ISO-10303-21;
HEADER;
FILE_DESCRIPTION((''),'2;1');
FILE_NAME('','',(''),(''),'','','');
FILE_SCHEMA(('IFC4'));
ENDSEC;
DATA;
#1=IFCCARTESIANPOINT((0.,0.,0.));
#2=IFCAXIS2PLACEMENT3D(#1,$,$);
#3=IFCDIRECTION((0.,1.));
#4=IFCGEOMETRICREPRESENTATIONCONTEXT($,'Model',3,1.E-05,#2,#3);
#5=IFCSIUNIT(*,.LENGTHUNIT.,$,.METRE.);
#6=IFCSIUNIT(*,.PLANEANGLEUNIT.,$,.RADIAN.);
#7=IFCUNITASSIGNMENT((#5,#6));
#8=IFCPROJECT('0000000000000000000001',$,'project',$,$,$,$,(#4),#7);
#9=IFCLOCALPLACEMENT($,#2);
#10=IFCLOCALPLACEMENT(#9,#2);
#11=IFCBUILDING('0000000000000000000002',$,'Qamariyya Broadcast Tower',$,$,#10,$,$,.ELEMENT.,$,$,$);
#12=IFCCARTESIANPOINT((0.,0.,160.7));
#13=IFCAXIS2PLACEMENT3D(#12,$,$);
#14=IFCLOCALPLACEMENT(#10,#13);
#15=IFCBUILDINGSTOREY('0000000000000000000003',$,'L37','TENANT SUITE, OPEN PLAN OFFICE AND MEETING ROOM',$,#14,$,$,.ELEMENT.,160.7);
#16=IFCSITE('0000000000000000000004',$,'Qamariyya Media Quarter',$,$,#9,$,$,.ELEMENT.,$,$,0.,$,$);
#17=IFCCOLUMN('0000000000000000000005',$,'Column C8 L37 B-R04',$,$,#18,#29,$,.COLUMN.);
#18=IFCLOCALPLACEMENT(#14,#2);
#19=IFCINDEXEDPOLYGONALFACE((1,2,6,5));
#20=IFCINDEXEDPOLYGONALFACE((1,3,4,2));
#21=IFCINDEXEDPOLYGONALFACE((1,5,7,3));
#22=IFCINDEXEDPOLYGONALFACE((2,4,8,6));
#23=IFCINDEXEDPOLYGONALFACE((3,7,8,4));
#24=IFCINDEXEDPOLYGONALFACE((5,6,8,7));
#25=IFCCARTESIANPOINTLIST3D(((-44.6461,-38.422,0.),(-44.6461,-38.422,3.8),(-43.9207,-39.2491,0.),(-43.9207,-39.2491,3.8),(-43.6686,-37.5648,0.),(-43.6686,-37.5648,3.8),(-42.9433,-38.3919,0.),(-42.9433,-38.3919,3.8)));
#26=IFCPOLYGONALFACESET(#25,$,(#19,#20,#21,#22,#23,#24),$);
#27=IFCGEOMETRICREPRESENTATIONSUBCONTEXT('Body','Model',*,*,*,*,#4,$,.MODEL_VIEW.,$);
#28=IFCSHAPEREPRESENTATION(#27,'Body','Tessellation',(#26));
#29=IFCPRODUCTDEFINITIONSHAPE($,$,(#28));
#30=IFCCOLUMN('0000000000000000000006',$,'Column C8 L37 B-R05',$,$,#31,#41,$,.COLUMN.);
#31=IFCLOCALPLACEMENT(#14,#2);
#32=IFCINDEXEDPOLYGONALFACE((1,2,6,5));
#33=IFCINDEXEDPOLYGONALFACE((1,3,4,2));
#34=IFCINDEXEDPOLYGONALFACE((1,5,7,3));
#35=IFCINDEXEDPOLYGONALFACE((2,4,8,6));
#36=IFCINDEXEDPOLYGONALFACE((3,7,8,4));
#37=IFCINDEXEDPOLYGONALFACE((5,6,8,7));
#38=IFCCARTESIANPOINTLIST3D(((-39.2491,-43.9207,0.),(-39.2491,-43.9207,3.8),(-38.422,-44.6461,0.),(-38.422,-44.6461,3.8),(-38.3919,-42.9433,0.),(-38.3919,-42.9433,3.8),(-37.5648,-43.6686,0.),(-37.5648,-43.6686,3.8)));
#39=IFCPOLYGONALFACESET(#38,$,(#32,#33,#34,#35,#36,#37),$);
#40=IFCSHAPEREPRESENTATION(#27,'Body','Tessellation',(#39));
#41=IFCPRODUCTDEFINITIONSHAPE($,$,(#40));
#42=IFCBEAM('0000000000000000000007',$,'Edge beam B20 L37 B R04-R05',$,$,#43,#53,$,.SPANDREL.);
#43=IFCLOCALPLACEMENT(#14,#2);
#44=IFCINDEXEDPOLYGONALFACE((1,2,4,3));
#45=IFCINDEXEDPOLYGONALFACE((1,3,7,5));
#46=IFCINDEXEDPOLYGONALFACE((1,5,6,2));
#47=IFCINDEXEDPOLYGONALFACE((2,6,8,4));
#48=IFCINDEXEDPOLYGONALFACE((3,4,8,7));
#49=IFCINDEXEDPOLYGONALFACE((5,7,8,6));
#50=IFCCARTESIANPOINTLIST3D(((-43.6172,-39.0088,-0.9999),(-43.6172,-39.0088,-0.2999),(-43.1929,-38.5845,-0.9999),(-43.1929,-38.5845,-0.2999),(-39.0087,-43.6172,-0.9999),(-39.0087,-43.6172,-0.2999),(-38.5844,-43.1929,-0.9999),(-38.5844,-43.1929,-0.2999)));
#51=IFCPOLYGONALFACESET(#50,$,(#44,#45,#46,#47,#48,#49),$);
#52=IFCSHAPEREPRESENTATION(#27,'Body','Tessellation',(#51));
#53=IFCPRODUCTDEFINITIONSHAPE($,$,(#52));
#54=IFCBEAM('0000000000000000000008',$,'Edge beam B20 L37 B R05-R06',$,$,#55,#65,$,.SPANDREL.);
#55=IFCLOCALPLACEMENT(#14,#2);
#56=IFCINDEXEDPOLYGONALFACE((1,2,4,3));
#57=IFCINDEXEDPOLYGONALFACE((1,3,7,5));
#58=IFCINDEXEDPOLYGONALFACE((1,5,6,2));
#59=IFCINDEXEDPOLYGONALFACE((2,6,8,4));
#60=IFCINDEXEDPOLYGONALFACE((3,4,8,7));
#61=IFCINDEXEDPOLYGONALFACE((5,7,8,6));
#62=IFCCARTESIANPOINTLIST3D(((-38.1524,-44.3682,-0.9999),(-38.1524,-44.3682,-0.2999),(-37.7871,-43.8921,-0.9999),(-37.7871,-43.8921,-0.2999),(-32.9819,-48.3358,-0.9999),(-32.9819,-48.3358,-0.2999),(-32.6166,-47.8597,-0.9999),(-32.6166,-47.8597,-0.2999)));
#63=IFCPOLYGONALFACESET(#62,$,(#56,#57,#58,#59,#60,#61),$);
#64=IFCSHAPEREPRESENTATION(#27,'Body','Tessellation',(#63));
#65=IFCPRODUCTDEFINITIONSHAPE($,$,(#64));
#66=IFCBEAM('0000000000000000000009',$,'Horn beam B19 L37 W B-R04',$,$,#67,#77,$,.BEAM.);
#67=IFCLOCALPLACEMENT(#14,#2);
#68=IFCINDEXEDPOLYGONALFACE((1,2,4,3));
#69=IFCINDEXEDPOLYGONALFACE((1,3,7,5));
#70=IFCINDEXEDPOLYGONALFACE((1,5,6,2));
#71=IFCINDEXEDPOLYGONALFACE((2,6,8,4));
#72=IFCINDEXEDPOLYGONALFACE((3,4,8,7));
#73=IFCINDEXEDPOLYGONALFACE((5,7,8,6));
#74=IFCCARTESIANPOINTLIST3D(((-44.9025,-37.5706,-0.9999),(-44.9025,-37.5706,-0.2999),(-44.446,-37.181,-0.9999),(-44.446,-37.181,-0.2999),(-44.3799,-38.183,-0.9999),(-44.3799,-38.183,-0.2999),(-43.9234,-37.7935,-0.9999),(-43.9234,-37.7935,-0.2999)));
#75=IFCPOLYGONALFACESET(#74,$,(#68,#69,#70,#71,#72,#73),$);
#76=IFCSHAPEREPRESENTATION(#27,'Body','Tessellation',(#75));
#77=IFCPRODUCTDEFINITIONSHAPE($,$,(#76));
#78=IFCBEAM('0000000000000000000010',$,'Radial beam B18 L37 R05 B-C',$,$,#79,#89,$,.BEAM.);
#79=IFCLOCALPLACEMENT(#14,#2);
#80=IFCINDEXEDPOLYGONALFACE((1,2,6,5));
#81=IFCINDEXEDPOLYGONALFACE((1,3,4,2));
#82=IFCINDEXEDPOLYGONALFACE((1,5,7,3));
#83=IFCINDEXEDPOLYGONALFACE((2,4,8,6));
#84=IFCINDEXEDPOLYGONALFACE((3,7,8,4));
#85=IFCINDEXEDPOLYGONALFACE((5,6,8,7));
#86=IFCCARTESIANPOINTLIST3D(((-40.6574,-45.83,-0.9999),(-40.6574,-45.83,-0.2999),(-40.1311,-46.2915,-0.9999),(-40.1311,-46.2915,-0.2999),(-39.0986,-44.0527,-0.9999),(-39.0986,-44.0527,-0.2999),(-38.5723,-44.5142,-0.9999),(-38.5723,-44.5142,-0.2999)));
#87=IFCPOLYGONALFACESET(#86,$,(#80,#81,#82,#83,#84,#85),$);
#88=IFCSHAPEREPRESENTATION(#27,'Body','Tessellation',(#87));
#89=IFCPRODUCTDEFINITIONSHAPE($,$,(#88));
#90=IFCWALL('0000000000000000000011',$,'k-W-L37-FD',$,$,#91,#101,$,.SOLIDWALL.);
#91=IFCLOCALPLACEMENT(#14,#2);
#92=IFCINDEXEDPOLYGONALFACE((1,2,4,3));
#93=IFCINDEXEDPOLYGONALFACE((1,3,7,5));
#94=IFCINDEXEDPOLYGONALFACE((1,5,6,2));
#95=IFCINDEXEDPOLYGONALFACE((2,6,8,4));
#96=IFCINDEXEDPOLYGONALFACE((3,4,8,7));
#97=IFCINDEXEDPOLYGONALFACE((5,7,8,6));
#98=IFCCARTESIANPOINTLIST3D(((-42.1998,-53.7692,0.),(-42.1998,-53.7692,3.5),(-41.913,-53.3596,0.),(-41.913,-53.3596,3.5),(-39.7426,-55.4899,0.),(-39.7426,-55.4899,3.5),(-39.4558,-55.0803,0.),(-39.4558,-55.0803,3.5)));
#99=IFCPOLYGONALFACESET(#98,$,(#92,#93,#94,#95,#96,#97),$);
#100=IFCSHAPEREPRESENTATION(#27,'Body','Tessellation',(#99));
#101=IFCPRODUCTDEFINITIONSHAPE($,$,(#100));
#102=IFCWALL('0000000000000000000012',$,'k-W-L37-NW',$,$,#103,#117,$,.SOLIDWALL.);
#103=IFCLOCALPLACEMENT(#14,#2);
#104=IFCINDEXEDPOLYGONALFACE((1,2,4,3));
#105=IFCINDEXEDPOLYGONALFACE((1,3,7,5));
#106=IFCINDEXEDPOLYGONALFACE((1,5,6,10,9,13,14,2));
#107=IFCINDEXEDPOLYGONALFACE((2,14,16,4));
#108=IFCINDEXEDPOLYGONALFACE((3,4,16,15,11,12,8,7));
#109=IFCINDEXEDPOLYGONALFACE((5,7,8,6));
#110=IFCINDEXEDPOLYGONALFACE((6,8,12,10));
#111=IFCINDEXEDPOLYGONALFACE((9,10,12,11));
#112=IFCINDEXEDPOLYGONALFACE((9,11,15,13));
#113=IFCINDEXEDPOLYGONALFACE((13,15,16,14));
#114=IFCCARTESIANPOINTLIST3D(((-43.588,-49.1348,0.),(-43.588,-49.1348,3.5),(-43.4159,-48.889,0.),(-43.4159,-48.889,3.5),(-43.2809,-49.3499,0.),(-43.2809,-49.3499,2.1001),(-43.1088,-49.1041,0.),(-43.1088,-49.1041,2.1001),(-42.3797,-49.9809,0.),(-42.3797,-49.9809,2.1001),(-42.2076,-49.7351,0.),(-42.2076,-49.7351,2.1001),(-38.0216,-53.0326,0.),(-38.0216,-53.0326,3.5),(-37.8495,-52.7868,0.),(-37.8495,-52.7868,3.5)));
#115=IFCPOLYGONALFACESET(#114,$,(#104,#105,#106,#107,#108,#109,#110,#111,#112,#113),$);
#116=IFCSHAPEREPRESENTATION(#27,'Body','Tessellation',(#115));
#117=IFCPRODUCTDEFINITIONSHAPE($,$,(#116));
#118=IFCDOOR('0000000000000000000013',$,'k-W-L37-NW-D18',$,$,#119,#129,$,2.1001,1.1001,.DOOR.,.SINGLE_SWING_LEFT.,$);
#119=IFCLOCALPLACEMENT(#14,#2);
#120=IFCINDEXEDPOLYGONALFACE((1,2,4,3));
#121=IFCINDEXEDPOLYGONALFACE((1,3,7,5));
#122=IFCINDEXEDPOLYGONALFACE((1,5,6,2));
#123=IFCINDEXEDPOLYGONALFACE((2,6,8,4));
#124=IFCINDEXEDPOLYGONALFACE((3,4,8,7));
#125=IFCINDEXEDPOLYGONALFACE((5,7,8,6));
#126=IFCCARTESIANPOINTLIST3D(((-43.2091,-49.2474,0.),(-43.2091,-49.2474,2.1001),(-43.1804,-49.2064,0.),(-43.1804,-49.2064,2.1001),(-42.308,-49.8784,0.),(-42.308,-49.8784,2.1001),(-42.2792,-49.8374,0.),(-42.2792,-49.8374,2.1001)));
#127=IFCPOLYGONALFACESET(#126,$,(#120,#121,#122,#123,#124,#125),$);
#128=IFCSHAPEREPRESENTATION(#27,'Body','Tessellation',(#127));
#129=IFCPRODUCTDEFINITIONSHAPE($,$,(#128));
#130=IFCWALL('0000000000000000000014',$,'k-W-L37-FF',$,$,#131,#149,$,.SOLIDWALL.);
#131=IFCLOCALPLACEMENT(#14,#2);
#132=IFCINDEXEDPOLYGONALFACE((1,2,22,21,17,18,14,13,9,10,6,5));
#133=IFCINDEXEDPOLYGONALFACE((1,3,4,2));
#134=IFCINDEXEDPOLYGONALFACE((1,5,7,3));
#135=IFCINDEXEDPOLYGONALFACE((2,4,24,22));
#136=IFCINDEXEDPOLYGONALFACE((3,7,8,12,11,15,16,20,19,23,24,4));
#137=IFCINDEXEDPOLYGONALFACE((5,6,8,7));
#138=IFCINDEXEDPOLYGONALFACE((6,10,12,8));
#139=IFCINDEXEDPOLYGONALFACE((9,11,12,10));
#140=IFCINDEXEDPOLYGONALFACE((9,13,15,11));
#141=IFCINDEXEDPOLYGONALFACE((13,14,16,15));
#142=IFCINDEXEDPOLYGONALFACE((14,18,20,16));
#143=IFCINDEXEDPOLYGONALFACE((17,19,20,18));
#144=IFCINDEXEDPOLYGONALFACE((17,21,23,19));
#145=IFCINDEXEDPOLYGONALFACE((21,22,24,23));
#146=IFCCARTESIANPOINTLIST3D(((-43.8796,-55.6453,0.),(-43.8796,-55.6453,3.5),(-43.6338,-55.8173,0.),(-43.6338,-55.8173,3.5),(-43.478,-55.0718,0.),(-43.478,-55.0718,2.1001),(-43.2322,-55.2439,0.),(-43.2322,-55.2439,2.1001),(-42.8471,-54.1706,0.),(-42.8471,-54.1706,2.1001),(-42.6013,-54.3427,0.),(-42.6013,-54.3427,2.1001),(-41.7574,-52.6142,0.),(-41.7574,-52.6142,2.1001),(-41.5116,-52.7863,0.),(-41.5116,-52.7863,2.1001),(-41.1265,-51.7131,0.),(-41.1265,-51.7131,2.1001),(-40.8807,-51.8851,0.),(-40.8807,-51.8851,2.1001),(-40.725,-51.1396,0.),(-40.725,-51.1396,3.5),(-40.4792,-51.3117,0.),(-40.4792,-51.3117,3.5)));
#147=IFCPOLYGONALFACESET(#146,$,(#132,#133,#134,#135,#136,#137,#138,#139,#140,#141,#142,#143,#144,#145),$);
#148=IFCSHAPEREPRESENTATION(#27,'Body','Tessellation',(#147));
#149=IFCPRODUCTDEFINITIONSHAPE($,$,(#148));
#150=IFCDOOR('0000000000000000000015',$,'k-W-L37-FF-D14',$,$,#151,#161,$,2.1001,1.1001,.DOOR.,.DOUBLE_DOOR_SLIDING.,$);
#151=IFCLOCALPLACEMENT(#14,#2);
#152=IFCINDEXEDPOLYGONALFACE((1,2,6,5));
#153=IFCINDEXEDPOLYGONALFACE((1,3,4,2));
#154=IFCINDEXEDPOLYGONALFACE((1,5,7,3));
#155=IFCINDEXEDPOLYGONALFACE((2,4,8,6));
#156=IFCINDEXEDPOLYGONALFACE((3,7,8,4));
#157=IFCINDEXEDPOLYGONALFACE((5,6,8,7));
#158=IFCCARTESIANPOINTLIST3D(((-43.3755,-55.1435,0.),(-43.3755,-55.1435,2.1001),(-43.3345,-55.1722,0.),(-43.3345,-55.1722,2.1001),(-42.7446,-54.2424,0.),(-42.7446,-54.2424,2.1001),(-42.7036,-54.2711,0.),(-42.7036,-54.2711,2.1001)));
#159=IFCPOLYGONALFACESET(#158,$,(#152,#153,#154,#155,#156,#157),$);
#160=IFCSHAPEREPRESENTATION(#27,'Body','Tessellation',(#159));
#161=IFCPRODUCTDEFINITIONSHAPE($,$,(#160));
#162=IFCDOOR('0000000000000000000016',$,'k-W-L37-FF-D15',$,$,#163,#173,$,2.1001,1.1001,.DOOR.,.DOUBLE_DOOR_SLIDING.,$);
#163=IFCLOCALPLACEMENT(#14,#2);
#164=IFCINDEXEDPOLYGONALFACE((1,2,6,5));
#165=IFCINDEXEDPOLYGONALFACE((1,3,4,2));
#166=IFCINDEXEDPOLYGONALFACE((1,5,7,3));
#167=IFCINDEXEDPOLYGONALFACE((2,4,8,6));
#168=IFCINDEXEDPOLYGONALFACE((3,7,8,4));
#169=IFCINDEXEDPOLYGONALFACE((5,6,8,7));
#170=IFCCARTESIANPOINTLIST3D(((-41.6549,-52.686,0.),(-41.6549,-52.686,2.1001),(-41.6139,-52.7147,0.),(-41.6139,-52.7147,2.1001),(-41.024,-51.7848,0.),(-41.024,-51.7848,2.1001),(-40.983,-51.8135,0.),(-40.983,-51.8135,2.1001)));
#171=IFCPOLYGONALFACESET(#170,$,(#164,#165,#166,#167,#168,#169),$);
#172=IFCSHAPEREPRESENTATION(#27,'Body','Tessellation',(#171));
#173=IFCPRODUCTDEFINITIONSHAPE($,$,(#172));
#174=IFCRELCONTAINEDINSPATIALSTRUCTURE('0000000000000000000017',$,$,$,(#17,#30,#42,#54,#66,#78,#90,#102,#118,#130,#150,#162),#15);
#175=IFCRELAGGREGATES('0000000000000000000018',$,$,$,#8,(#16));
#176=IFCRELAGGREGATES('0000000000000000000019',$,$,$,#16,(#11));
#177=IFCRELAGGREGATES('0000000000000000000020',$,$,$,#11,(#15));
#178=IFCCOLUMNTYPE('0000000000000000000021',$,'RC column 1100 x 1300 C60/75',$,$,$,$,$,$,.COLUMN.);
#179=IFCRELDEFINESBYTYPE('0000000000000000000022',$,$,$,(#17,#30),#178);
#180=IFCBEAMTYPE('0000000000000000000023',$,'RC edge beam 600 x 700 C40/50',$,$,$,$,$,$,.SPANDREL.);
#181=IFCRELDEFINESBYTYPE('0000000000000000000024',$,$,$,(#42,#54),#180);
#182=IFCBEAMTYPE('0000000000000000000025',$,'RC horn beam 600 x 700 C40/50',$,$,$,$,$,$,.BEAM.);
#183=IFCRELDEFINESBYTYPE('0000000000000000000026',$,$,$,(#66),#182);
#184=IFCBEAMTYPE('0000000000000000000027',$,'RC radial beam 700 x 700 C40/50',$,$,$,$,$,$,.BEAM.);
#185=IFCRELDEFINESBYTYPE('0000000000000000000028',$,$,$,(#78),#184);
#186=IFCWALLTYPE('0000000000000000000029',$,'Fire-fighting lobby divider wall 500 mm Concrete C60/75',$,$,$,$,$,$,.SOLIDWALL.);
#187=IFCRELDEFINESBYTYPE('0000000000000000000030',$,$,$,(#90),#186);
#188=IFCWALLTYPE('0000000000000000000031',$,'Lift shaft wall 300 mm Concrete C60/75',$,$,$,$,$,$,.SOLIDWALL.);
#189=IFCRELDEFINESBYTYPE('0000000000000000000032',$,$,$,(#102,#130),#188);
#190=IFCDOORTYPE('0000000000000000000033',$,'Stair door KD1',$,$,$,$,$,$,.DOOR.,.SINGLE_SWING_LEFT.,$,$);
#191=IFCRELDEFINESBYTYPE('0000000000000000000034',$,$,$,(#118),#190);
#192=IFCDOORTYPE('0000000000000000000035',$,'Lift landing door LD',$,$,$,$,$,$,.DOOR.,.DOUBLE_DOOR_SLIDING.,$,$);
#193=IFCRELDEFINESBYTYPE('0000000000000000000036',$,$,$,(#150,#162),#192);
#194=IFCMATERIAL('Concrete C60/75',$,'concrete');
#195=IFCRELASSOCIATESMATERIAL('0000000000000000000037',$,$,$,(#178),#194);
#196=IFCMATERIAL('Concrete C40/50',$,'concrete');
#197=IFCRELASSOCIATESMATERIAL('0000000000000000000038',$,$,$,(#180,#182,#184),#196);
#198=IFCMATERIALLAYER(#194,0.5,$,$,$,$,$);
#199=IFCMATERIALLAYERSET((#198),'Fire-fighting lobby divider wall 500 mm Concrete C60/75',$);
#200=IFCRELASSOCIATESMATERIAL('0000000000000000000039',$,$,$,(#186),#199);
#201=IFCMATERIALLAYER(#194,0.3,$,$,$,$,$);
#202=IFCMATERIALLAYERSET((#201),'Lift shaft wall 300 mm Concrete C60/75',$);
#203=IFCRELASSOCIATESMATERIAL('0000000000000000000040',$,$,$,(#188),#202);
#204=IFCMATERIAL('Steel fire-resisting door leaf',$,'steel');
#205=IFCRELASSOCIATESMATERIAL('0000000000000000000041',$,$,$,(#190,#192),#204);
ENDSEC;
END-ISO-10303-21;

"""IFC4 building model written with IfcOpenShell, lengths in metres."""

from ifc_helpers import new_model, si_unit, direction, frame, frame_2d, origin, origin_2d, place, context, subcontext, project, spatial, rectangle, extrude, material, layer, layer_set, material_profile, profile_set, type_object, element, fill, save


model = new_model("IFC4")

# Units and contexts
model_context = context("Model", 3, precision=1e-05, world=origin(), true_north=direction((0.0, 1.0)))
body_context = subcontext(model_context, "Body", "Model", "MODEL_VIEW")
ifc_project = project(units=[si_unit("LENGTHUNIT", "METRE"), si_unit("PLANEANGLEUNIT", "RADIAN")], contexts=[model_context])

# Site, building, storey
site_placement = place(None, origin())
site = spatial("IfcSite", under=ifc_project, at=site_placement, Name="Qamariyya Media Quarter", CompositionType="ELEMENT", RefElevation=0.0)
building_placement = place(site_placement, origin())
building = spatial("IfcBuilding", under=site, at=building_placement, Name="Qamariyya Broadcast Tower", CompositionType="ELEMENT")
storey_placement = place(building_placement, frame((0.0, 0.0, 160.7)))
storey = spatial("IfcBuildingStorey", under=building, at=storey_placement, Name="L37", Description="TENANT SUITE, OPEN PLAN OFFICE AND MEETING ROOM", CompositionType="ELEMENT", Elevation=160.7)

# Columns
ifc_material_1 = material(Name="Concrete C60/75", Category="concrete")
ifc_material_profile_1 = material_profile(ifc_material_1, rectangle(XDim=1.1001, YDim=1.3, at=origin_2d()))
ifc_profile_set_1 = profile_set([ifc_material_profile_1], Name="Concrete C60/75")
column_type = type_object("IfcColumnType", Name="RC column 1100 x 1300 C60/75", PredefinedType="COLUMN", material=ifc_profile_set_1)
for number, where, z_axis, x_axis, name in (
    (1, (-43.7947, -38.407, 0.0), (0.0, 0.0, 1.0), (0.659346, -0.75184, 0.0), "Column C8 L37 B-R04"),
    (2, (-38.407, -43.7947, 0.0), (0.0, 0.0, 1.0), (0.75184, -0.659346, 0.0), "Column C8 L37 B-R05"),
):
    element("IfcColumn", number, at=place(storey_placement, frame(where, z_axis=z_axis, x_axis=x_axis)), inside=storey, type_object=column_type, Name=name, PredefinedType="COLUMN", context=body_context, shape_type="SweptSolid", body=[
        extrude(rectangle(XDim=1.1001, YDim=1.3, at=origin_2d()), origin(), (0.0, 0.0, 1.0), 3.8),
    ])

# Beams
ifc_material_2 = material(Name="Concrete C40/50", Category="concrete")
ifc_material_profile_2 = material_profile(ifc_material_2, rectangle(XDim=0.6001, YDim=0.7, at=origin_2d()))
ifc_profile_set_2 = profile_set([ifc_material_profile_2], Name="Concrete C40/50")
beam_type_1 = type_object("IfcBeamType", Name="RC edge beam 600 x 700 C40/50", PredefinedType="SPANDREL", material=ifc_profile_set_2)
for number, where, z_axis, x_axis, name in (
    (3, (-43.405, -38.7966, -0.6499), (0.707107, -0.707107, 0.0), (0.707107, 0.707107, 0.0), "Edge beam B20 L37 B R04-R05"),
    (4, (-37.9697, -44.1301, -0.6499), (0.793343, -0.608774, 0.0), (0.608774, 0.793343, 0.0), "Edge beam B20 L37 B R05-R06"),
):
    element("IfcBeam", number, at=place(storey_placement, frame(where, z_axis=z_axis, x_axis=x_axis)), inside=storey, type_object=beam_type_1, Name=name, PredefinedType="SPANDREL", context=body_context, shape_type="SweptSolid", body=[
        extrude(rectangle(XDim=0.6001, YDim=0.7, at=origin_2d()), origin(), (0.0, 0.0, 1.0), 6.5173),
    ])
ifc_material_profile_3 = material_profile(ifc_material_2, rectangle(XDim=0.6001, YDim=0.7, at=origin_2d()))
ifc_profile_set_3 = profile_set([ifc_material_profile_3], Name="Concrete C40/50")
beam_type_2 = type_object("IfcBeamType", Name="RC horn beam 600 x 700 C40/50", PredefinedType="BEAM", material=ifc_profile_set_3)
beam_1_placement = place(storey_placement, frame((-44.1516, -37.9883, -0.6499), z_axis=(-0.649117, 0.760689, 0.0), x_axis=(-0.760689, -0.649117, 0.0)))
element("IfcBeam", 5, at=beam_1_placement, inside=storey, type_object=beam_type_2, Name="Horn beam B19 L37 W B-R04", PredefinedType="BEAM", context=body_context, shape_type="SweptSolid", body=[
    extrude(rectangle(XDim=0.6001, YDim=0.7, at=origin_2d()), origin(), (0.0, 0.0, 1.0), 0.8052),
])
ifc_material_profile_4 = material_profile(ifc_material_2, rectangle(XDim=0.7, YDim=0.7, at=origin_2d()))
ifc_profile_set_4 = profile_set([ifc_material_profile_4], Name="Concrete C40/50")
beam_type_3 = type_object("IfcBeamType", Name="RC radial beam 700 x 700 C40/50", PredefinedType="BEAM", material=ifc_profile_set_4)
beam_2_placement = place(storey_placement, frame((-38.8354, -44.2834, -0.6499), z_axis=(-0.659382, -0.751809, 0.0), x_axis=(0.751809, -0.659382, 0.0)))
element("IfcBeam", 6, at=beam_2_placement, inside=storey, type_object=beam_type_3, Name="Radial beam B18 L37 R05 B-C", PredefinedType="BEAM", context=body_context, shape_type="SweptSolid", body=[
    extrude(rectangle(XDim=0.7, YDim=0.7, at=origin_2d()), origin(), (0.0, 0.0, 1.0), 2.364),
])

# Wall
ifc_layer_1 = layer(ifc_material_1, 0.5)
ifc_layer_set_1 = layer_set([ifc_layer_1], Name="Fire-fighting lobby divider wall 500 mm Concrete C60/75")
wall_type_1 = type_object("IfcWallType", Name="Fire-fighting lobby divider wall 500 mm Concrete C60/75", PredefinedType="SOLIDWALL", material=ifc_layer_set_1)
wall_1_placement = place(storey_placement, frame((-39.5991, -55.2852, 0.0), z_axis=(0.0, 0.0, 1.0), x_axis=(-0.819136, 0.573599, 0.0)))
element("IfcWall", 7, at=wall_1_placement, inside=storey, type_object=wall_type_1, Name="k-W-L37-FD", PredefinedType="SOLIDWALL", context=body_context, shape_type="SweptSolid", body=[
    extrude(rectangle(XDim=2.9998, YDim=0.5, at=frame_2d((1.5, 0.0))), origin(), (0.0, 0.0, 1.0), 3.5),
])

# Wall, opening, door
ifc_layer_2 = layer(ifc_material_1, 0.3)
ifc_layer_set_2 = layer_set([ifc_layer_2], Name="Lift shaft wall 300 mm Concrete C60/75")
wall_type_2 = type_object("IfcWallType", Name="Lift shaft wall 300 mm Concrete C60/75", PredefinedType="SOLIDWALL", material=ifc_layer_set_2)
wall_2_placement = place(storey_placement, frame((-37.9355, -52.9097, 0.0), z_axis=(0.0, 0.0, 1.0), x_axis=(-0.819148, 0.573583, 0.0)))
wall_2 = element("IfcWall", 8, at=wall_2_placement, inside=storey, type_object=wall_type_2, Name="k-W-L37-NW", PredefinedType="SOLIDWALL", context=body_context, shape_type="SweptSolid", body=[
    extrude(rectangle(XDim=6.7954, YDim=0.3, at=frame_2d((3.3977, 0.0))), origin(), (0.0, 0.0, 1.0), 3.5),
])
opening_1_placement = place(wall_2_placement, frame((5.3203, 0.0, 0.0)))
opening_1 = element("IfcOpeningElement", 9, at=opening_1_placement, cuts=wall_2, PredefinedType="OPENING", context=body_context, shape_type="SweptSolid", body=[
    extrude(rectangle(XDim=1.1001, YDim=2.1001, at=frame_2d((0.55, 1.05))), frame((0.0, 0.1599, 0.0), z_axis=(0.0, -1.0, 0.0), x_axis=(1.0, 0.0, 0.0)), (0.0, 0.0, 1.0), 0.3201),
])
ifc_material_3 = material(Name="Steel fire-resisting door leaf", Category="steel")
door_type_1 = type_object("IfcDoorType", Name="Stair door KD1", OperationType="SINGLE_SWING_LEFT", PredefinedType="DOOR", material=ifc_material_3)
door_1_placement = place(opening_1_placement, origin())
door_1 = element("IfcDoor", 10, at=door_1_placement, inside=storey, type_object=door_type_1, Name="k-W-L37-NW-D18", OperationType="SINGLE_SWING_LEFT", OverallHeight=2.1001, OverallWidth=1.1001, PredefinedType="DOOR", context=body_context, shape_type="SweptSolid", body=[
    extrude(rectangle(XDim=1.1001, YDim=2.1001, at=frame_2d((0.55, 1.05))), frame((0.0, 0.0249, 0.0), z_axis=(0.0, -1.0, 0.0), x_axis=(1.0, 0.0, 0.0)), (0.0, 0.0, 1.0), 0.05),
])
fill(opening_1, door_1)

# Wall, openings, doors
wall_3_placement = place(storey_placement, frame((-43.7566, -55.7312, 0.0), z_axis=(0.0, 0.0, 1.0), x_axis=(0.573537, 0.81918, 0.0)))
wall_3 = element("IfcWall", 11, at=wall_3_placement, inside=storey, type_object=wall_type_2, Name="k-W-L37-FF", PredefinedType="SOLIDWALL", context=body_context, shape_type="SweptSolid", body=[
    extrude(rectangle(XDim=5.5002, YDim=0.3, at=frame_2d((2.75, 0.0))), origin(), (0.0, 0.0, 1.0), 3.5),
])
opening_2_placement = place(wall_3_placement, frame((0.7, 0.0, 0.0)))
opening_2 = element("IfcOpeningElement", 12, at=opening_2_placement, cuts=wall_3, PredefinedType="OPENING", context=body_context, shape_type="SweptSolid", body=[
    extrude(rectangle(XDim=1.1001, YDim=2.1001, at=frame_2d((0.55, 1.05))), frame((0.0, 0.1599, 0.0), z_axis=(0.0, -1.0, 0.0), x_axis=(1.0, 0.0, 0.0)), (0.0, 0.0, 1.0), 0.3201),
])
opening_3_placement = place(wall_3_placement, frame((3.7, 0.0, 0.0)))
opening_3 = element("IfcOpeningElement", 13, at=opening_3_placement, cuts=wall_3, PredefinedType="OPENING", context=body_context, shape_type="SweptSolid", body=[
    extrude(rectangle(XDim=1.1001, YDim=2.1001, at=frame_2d((0.55, 1.05))), frame((0.0, 0.1599, 0.0), z_axis=(0.0, -1.0, 0.0), x_axis=(1.0, 0.0, 0.0)), (0.0, 0.0, 1.0), 0.3201),
])
door_type_2 = type_object("IfcDoorType", Name="Lift landing door LD", OperationType="DOUBLE_DOOR_SLIDING", PredefinedType="DOOR", material=ifc_material_3)
door_2_placement = place(opening_2_placement, origin())
door_2 = element("IfcDoor", 14, at=door_2_placement, inside=storey, type_object=door_type_2, Name="k-W-L37-FF-D14", OperationType="DOUBLE_DOOR_SLIDING", OverallHeight=2.1001, OverallWidth=1.1001, PredefinedType="DOOR", context=body_context, shape_type="SweptSolid", body=[
    extrude(rectangle(XDim=1.1001, YDim=2.1001, at=frame_2d((0.55, 1.05))), frame((0.0, 0.0249, 0.0), z_axis=(0.0, -1.0, 0.0), x_axis=(1.0, 0.0, 0.0)), (0.0, 0.0, 1.0), 0.05),
])
fill(opening_2, door_2)
door_3_placement = place(opening_3_placement, origin())
door_3 = element("IfcDoor", 15, at=door_3_placement, inside=storey, type_object=door_type_2, Name="k-W-L37-FF-D15", OperationType="DOUBLE_DOOR_SLIDING", OverallHeight=2.1001, OverallWidth=1.1001, PredefinedType="DOOR", context=body_context, shape_type="SweptSolid", body=[
    extrude(rectangle(XDim=1.1001, YDim=2.1001, at=frame_2d((0.55, 1.05))), frame((0.0, 0.0249, 0.0), z_axis=(0.0, -1.0, 0.0), x_axis=(1.0, 0.0, 0.0)), (0.0, 0.0, 1.0), 0.05),
])
fill(opening_3, door_3)

save(model, "model.ifc")
